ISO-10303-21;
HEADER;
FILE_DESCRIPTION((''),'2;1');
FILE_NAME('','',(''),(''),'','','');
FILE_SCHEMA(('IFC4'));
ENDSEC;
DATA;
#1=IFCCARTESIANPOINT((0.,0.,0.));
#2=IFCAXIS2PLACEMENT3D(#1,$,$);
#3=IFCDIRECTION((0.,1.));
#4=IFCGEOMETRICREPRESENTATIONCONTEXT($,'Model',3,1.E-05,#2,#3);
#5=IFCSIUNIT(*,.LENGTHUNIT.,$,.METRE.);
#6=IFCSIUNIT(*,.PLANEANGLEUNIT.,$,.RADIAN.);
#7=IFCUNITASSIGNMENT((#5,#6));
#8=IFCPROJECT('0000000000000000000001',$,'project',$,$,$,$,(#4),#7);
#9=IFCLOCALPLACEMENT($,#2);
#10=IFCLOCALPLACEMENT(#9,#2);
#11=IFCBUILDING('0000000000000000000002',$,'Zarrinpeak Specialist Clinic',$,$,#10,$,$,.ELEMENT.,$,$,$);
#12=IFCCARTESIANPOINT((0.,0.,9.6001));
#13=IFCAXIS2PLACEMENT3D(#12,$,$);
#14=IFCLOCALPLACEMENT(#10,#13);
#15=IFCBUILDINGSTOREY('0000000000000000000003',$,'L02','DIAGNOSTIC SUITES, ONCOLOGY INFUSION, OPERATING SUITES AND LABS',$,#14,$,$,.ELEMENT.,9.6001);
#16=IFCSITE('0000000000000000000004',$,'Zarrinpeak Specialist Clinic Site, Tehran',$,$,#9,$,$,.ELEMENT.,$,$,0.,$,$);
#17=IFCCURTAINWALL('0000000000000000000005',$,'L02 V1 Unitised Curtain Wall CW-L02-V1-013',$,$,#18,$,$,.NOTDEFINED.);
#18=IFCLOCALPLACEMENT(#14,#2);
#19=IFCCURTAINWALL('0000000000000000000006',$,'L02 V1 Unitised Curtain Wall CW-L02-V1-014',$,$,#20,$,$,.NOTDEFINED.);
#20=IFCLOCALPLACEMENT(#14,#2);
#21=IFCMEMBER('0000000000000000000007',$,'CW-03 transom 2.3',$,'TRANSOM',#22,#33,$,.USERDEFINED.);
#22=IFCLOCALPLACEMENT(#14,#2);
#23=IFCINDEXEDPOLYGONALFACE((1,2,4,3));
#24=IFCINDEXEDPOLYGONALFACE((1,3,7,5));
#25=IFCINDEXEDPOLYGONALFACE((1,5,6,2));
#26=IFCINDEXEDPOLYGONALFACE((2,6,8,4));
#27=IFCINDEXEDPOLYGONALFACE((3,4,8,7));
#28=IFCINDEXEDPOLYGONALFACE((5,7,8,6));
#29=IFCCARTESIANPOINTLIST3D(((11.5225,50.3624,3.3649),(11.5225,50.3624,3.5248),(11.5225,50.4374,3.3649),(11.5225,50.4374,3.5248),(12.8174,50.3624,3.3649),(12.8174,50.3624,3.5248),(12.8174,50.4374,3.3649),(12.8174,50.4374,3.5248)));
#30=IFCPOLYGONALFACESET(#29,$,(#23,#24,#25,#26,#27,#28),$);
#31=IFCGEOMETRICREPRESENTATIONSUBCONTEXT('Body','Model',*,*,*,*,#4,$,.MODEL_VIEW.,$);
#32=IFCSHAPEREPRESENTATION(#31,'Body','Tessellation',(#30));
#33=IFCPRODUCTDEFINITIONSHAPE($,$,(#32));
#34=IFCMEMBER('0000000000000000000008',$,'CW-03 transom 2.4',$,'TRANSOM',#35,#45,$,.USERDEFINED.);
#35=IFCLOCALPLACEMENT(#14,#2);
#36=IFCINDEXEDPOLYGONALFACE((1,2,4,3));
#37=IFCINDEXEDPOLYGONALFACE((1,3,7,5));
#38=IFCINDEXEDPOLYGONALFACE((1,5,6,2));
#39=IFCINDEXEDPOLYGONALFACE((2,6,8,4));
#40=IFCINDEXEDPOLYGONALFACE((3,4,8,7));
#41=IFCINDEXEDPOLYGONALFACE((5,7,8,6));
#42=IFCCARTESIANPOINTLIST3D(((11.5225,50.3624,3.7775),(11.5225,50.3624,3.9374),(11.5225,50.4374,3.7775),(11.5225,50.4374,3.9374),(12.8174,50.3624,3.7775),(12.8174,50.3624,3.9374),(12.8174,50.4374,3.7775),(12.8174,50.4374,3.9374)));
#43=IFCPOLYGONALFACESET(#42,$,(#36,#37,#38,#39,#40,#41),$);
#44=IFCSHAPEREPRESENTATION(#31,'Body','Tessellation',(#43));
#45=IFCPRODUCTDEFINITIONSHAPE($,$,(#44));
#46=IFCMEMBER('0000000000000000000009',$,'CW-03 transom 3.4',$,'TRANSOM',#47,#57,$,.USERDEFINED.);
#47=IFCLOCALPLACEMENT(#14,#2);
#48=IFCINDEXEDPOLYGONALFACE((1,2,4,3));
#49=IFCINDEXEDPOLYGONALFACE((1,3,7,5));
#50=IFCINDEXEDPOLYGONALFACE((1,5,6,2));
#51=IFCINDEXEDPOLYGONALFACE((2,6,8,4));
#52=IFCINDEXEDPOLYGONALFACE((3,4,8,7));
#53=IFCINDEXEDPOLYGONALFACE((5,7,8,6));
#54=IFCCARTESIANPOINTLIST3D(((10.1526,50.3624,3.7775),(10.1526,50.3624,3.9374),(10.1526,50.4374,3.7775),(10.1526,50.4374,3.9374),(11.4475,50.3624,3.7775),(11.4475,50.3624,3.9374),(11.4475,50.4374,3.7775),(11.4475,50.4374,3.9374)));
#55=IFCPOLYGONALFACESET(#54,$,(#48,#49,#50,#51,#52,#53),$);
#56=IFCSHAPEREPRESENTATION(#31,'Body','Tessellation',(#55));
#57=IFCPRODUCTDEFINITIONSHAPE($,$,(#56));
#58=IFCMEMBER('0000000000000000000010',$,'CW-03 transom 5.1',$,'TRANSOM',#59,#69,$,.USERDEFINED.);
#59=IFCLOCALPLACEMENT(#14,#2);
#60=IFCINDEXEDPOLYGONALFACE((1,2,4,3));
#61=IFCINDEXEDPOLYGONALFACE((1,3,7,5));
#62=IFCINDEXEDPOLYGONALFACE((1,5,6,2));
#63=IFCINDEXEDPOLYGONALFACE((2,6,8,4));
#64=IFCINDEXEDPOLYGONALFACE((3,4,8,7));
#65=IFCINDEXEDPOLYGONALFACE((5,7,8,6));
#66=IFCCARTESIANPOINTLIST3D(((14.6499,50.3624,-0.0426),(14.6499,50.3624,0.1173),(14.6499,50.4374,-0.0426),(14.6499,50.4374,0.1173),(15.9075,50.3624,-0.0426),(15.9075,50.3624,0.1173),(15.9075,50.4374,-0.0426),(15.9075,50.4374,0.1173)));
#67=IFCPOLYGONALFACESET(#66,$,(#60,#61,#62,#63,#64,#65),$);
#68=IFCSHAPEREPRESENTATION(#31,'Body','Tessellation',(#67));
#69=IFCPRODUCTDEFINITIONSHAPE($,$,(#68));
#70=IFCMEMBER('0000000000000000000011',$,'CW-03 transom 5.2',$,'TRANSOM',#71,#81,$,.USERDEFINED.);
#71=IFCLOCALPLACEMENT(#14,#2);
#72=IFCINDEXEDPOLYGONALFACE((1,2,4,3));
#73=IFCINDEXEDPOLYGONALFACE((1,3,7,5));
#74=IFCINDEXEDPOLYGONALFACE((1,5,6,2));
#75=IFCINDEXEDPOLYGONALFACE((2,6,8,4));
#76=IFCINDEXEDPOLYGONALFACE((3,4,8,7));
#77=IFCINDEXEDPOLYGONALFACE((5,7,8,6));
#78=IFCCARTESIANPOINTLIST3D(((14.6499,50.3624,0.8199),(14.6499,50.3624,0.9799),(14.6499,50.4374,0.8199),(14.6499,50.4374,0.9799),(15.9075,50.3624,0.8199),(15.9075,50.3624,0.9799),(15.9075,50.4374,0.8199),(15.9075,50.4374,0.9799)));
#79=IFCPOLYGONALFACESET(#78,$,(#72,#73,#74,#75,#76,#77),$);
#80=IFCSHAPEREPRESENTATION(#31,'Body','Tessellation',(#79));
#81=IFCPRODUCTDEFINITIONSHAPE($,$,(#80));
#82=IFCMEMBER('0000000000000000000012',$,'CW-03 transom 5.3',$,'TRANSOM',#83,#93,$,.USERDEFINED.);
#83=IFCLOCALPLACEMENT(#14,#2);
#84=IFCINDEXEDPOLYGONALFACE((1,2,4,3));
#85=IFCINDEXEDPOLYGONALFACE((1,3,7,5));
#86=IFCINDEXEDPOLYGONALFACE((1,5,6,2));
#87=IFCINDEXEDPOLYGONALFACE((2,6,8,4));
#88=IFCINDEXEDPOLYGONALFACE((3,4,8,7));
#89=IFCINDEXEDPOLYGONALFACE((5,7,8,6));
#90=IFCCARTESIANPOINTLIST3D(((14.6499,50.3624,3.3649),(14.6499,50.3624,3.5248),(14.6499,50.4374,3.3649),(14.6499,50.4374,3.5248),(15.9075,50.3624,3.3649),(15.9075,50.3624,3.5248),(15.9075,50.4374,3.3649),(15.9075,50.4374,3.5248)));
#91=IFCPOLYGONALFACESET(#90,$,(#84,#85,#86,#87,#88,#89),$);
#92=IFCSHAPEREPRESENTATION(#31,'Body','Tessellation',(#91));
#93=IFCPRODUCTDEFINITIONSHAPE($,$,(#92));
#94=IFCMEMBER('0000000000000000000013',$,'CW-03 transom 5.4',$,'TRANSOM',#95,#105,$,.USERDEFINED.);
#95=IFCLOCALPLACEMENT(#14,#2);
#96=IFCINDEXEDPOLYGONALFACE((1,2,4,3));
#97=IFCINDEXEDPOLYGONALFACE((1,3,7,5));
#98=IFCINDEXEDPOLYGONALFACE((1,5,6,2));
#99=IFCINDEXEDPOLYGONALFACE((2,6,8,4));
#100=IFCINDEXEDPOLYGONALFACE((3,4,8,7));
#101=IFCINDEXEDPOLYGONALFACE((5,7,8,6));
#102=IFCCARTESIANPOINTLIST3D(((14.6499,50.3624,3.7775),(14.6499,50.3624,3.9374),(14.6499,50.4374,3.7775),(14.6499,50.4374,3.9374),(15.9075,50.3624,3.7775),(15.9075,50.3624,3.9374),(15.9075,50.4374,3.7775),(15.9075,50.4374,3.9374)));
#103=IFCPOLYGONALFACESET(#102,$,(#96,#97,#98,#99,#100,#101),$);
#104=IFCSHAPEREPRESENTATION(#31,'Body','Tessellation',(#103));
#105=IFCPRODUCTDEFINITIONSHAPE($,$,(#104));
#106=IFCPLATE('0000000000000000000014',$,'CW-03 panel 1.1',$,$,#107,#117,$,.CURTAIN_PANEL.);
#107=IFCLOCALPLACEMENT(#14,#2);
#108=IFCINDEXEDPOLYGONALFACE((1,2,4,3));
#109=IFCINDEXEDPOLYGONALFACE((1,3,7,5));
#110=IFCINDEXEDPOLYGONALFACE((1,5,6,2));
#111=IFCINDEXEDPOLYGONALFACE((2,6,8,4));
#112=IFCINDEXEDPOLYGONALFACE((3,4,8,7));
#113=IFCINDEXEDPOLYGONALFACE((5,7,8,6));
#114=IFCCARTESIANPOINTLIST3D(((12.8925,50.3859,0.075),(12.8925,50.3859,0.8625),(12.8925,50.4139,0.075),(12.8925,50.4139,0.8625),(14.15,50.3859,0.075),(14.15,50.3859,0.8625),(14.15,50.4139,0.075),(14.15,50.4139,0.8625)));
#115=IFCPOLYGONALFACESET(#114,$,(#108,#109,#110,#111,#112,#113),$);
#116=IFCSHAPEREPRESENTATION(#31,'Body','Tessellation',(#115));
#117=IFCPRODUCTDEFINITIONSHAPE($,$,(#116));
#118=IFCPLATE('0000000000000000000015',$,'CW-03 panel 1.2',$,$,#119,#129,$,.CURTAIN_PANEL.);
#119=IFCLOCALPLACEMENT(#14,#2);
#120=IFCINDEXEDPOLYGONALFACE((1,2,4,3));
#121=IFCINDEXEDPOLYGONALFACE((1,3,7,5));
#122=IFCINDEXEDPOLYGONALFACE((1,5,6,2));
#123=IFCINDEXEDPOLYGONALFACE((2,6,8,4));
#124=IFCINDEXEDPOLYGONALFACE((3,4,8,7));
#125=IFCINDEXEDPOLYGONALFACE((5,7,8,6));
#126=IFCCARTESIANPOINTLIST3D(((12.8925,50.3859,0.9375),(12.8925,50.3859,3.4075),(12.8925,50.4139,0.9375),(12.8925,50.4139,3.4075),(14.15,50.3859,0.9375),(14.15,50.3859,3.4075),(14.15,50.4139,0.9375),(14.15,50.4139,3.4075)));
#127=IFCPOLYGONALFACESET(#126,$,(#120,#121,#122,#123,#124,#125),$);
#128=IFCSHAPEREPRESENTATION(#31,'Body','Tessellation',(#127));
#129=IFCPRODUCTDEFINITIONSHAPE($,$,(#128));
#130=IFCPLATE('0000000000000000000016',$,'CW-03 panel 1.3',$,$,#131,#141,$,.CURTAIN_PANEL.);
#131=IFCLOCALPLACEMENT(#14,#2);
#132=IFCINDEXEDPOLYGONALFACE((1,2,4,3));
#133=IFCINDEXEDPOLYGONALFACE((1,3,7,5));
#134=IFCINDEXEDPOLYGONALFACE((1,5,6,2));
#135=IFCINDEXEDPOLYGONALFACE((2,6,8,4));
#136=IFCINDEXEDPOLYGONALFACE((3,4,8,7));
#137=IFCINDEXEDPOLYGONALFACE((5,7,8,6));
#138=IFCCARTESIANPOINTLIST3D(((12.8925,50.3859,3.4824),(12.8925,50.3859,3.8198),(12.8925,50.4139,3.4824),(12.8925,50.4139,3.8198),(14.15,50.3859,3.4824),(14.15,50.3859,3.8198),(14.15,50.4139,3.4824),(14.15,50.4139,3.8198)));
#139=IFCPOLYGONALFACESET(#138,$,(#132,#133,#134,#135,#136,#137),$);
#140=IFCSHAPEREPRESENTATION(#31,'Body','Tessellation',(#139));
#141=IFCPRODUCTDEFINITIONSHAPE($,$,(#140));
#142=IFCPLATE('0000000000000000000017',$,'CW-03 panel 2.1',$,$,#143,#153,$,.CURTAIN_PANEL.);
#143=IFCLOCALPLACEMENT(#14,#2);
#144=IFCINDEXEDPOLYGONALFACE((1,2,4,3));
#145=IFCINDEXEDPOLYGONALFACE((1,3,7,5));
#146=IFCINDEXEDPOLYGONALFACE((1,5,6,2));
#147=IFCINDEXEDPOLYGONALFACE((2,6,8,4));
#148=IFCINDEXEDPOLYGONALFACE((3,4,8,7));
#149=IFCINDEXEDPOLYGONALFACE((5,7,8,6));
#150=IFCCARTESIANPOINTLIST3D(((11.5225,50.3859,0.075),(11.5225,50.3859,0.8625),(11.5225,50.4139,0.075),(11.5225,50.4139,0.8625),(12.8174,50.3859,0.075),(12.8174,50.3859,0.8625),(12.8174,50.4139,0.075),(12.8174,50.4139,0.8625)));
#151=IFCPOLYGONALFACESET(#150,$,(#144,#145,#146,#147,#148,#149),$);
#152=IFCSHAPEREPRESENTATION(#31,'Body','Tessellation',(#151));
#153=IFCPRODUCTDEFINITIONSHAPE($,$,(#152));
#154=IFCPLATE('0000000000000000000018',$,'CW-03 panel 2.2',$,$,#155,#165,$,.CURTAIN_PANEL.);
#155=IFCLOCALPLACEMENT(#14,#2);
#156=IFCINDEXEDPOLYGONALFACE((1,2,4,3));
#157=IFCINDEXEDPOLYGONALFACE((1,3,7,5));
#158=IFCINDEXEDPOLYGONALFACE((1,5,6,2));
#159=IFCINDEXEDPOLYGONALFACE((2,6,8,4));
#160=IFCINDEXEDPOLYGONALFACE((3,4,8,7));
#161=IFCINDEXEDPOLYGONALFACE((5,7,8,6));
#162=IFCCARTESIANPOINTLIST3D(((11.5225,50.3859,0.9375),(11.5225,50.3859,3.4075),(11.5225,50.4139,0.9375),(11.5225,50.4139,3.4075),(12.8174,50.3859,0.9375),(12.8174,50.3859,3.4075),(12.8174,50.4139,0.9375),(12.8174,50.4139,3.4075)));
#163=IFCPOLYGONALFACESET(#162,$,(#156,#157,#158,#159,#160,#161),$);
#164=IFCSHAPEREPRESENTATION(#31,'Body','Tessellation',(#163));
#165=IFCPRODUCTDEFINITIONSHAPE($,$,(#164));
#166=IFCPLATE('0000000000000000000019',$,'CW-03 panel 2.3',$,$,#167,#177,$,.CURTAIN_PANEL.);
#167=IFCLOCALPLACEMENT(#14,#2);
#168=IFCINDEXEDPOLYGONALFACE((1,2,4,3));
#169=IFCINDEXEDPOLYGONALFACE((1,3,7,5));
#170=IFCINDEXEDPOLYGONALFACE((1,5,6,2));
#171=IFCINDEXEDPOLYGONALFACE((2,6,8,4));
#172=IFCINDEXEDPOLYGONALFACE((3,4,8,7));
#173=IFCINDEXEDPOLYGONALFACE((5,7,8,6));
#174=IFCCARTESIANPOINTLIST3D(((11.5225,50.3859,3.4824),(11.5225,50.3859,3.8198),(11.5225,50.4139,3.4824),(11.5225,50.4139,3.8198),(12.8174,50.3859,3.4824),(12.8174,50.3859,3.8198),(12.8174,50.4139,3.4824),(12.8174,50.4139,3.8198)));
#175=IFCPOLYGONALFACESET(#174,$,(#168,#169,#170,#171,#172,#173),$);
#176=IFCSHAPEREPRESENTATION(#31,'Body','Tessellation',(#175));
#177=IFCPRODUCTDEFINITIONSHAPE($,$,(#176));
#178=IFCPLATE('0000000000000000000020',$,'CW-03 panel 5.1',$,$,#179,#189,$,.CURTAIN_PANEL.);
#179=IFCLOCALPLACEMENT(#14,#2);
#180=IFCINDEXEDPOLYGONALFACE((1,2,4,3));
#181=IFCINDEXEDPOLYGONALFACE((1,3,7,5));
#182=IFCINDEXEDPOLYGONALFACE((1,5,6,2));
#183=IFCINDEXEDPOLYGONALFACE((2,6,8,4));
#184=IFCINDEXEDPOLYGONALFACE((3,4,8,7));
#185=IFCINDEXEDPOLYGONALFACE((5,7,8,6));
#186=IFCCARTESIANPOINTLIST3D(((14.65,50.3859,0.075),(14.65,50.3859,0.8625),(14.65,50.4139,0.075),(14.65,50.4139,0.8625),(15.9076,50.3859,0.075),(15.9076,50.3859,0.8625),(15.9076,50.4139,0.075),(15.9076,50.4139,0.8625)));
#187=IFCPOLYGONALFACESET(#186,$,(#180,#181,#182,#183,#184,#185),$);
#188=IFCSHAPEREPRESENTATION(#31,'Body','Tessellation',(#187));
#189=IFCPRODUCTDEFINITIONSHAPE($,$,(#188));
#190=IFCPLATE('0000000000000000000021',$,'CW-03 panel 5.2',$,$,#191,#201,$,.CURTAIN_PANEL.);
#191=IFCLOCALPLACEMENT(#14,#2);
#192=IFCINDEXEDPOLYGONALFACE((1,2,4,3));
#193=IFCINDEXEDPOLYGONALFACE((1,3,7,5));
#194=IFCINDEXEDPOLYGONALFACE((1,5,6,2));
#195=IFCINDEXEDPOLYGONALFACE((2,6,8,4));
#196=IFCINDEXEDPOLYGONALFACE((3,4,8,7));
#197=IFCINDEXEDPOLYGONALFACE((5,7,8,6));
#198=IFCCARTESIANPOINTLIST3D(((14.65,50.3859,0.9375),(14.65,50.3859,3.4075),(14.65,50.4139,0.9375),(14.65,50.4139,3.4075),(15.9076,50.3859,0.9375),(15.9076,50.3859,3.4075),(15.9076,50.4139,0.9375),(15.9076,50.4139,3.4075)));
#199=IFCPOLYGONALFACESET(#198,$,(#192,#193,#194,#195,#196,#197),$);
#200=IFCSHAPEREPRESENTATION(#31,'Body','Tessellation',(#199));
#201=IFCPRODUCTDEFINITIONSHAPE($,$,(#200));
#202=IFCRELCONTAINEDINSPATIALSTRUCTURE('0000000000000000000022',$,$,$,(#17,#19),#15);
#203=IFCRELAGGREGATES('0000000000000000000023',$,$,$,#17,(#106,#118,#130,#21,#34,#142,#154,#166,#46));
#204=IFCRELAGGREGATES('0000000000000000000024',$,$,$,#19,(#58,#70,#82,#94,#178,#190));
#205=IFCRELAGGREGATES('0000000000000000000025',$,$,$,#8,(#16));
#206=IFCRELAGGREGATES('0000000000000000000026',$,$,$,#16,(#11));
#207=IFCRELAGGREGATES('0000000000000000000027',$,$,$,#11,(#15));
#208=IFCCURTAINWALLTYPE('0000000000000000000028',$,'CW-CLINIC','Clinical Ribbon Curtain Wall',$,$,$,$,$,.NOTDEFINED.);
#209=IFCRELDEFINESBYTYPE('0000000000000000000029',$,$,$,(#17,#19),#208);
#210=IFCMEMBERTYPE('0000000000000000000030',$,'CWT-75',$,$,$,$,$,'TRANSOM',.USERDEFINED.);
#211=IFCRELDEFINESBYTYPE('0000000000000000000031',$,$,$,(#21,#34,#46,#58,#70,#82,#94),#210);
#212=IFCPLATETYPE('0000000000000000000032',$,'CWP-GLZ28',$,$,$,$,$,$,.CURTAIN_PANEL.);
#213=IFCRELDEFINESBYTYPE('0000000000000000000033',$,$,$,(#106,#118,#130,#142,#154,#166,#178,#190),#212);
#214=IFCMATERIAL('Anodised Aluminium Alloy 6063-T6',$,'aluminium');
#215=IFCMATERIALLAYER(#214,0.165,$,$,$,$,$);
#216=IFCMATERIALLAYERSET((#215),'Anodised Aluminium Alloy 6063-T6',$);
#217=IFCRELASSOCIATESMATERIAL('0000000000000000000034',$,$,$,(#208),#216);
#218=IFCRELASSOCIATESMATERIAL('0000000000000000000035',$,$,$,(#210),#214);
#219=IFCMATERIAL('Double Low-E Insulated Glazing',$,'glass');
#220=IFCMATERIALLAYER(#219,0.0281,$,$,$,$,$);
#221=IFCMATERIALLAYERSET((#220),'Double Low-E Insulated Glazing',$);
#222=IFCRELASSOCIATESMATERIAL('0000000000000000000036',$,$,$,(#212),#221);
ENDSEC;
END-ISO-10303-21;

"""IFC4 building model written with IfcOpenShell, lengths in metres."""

from ifc_helpers import new_model, si_unit, direction, frame, origin, origin_2d, place, context, subcontext, project, spatial, rectangle, extrude, material, layer, layer_set, material_profile, profile_set, type_object, element, aggregate, save


model = new_model("IFC4")

# Units and contexts
model_context = context("Model", 3, precision=1e-05, world=origin(), true_north=direction((0.0, 1.0)))
body_context = subcontext(model_context, "Body", "Model", "MODEL_VIEW")
ifc_project = project(units=[si_unit("LENGTHUNIT", "METRE"), si_unit("PLANEANGLEUNIT", "RADIAN")], contexts=[model_context])

# Site, building, storey
site_placement = place(None, origin())
site = spatial("IfcSite", under=ifc_project, at=site_placement, Name="Zarrinpeak Specialist Clinic Site, Tehran", CompositionType="ELEMENT", RefElevation=0.0)
building_placement = place(site_placement, origin())
building = spatial("IfcBuilding", under=site, at=building_placement, Name="Zarrinpeak Specialist Clinic", CompositionType="ELEMENT")
storey_placement = place(building_placement, frame((0.0, 0.0, 9.6001)))
storey = spatial("IfcBuildingStorey", under=building, at=storey_placement, Name="L02", Description="DIAGNOSTIC SUITES, ONCOLOGY INFUSION, OPERATING SUITES AND LABS", CompositionType="ELEMENT", Elevation=9.6001)

# Curtain walls
ifc_material_1 = material(Name="Anodised Aluminium Alloy 6063-T6", Category="aluminium")
ifc_layer_1 = layer(ifc_material_1, 0.165)
ifc_layer_set_1 = layer_set([ifc_layer_1], Name="Anodised Aluminium Alloy 6063-T6")
curtain_wall_type = type_object("IfcCurtainWallType", Name="CW-CLINIC", Description="Clinical Ribbon Curtain Wall", PredefinedType="NOTDEFINED", material=ifc_layer_set_1)
curtain_wall_1_placement = place(storey_placement, origin())
curtain_wall_1 = element("IfcCurtainWall", 1, at=curtain_wall_1_placement, inside=storey, type_object=curtain_wall_type, Name="L02 V1 Unitised Curtain Wall CW-L02-V1-013", PredefinedType="NOTDEFINED")
curtain_wall_2_placement = place(storey_placement, origin())
curtain_wall_2 = element("IfcCurtainWall", 2, at=curtain_wall_2_placement, inside=storey, type_object=curtain_wall_type, Name="L02 V1 Unitised Curtain Wall CW-L02-V1-014", PredefinedType="NOTDEFINED")

# Members
ifc_material_profile_1 = material_profile(ifc_material_1, rectangle(XDim=0.075, YDim=0.1599, at=origin_2d()), Name="ALU 75x160")
ifc_profile_set_1 = profile_set([ifc_material_profile_1], Name="Anodised Aluminium Alloy 6063-T6")
member_type_1 = type_object("IfcMemberType", Name="CWT-75", ElementType="TRANSOM", PredefinedType="USERDEFINED", material=ifc_profile_set_1)
member_1_placement = place(storey_placement, frame((12.8174, 50.3999, 3.4448), z_axis=(-1.0, 0.0, 0.0), x_axis=(0.0, -1.0, 0.0)))
member_1 = element("IfcMember", 3, at=member_1_placement, type_object=member_type_1, Name="CW-03 transom 2.3", ObjectType="TRANSOM", PredefinedType="USERDEFINED", context=body_context, shape_type="SweptSolid", body=[
    extrude(rectangle(XDim=0.075, YDim=0.1599, at=origin_2d()), origin(), (0.0, 0.0, 1.0), 1.2949),
])
member_2_placement = place(storey_placement, frame((12.8174, 50.3999, 3.8574), z_axis=(-1.0, 0.0, 0.0), x_axis=(0.0, -1.0, 0.0)))
member_2 = element("IfcMember", 4, at=member_2_placement, type_object=member_type_1, Name="CW-03 transom 2.4", ObjectType="TRANSOM", PredefinedType="USERDEFINED", context=body_context, shape_type="SweptSolid", body=[
    extrude(rectangle(XDim=0.075, YDim=0.1599, at=origin_2d()), origin(), (0.0, 0.0, 1.0), 1.2949),
])
member_3_placement = place(storey_placement, frame((11.4475, 50.3999, 3.8574), z_axis=(-1.0, 0.0, 0.0), x_axis=(0.0, -1.0, 0.0)))
member_3 = element("IfcMember", 5, at=member_3_placement, type_object=member_type_1, Name="CW-03 transom 3.4", ObjectType="TRANSOM", PredefinedType="USERDEFINED", context=body_context, shape_type="SweptSolid", body=[
    extrude(rectangle(XDim=0.075, YDim=0.1599, at=origin_2d()), origin(), (0.0, 0.0, 1.0), 1.2949),
])
member_4_placement = place(storey_placement, frame((15.9075, 50.3999, 0.0374), z_axis=(-1.0, 0.0, 0.0), x_axis=(0.0, -1.0, 0.0)))
member_4 = element("IfcMember", 6, at=member_4_placement, type_object=member_type_1, Name="CW-03 transom 5.1", ObjectType="TRANSOM", PredefinedType="USERDEFINED", context=body_context, shape_type="SweptSolid", body=[
    extrude(rectangle(XDim=0.075, YDim=0.1599, at=origin_2d()), origin(), (0.0, 0.0, 1.0), 1.2576),
])
member_5_placement = place(storey_placement, frame((15.9075, 50.3999, 0.8999), z_axis=(-1.0, 0.0, 0.0), x_axis=(0.0, -1.0, 0.0)))
member_5 = element("IfcMember", 7, at=member_5_placement, type_object=member_type_1, Name="CW-03 transom 5.2", ObjectType="TRANSOM", PredefinedType="USERDEFINED", context=body_context, shape_type="SweptSolid", body=[
    extrude(rectangle(XDim=0.075, YDim=0.1599, at=origin_2d()), origin(), (0.0, 0.0, 1.0), 1.2576),
])
member_6_placement = place(storey_placement, frame((15.9075, 50.3999, 3.4448), z_axis=(-1.0, 0.0, 0.0), x_axis=(0.0, -1.0, 0.0)))
member_6 = element("IfcMember", 8, at=member_6_placement, type_object=member_type_1, Name="CW-03 transom 5.3", ObjectType="TRANSOM", PredefinedType="USERDEFINED", context=body_context, shape_type="SweptSolid", body=[
    extrude(rectangle(XDim=0.075, YDim=0.1599, at=origin_2d()), origin(), (0.0, 0.0, 1.0), 1.2576),
])
member_7_placement = place(storey_placement, frame((15.9075, 50.3999, 3.8574), z_axis=(-1.0, 0.0, 0.0), x_axis=(0.0, -1.0, 0.0)))
member_7 = element("IfcMember", 9, at=member_7_placement, type_object=member_type_1, Name="CW-03 transom 5.4", ObjectType="TRANSOM", PredefinedType="USERDEFINED", context=body_context, shape_type="SweptSolid", body=[
    extrude(rectangle(XDim=0.075, YDim=0.1599, at=origin_2d()), origin(), (0.0, 0.0, 1.0), 1.2576),
])

# Plates
ifc_material_2 = material(Name="Double Low-E Insulated Glazing", Category="glass")
ifc_layer_2 = layer(ifc_material_2, 0.0281)
ifc_layer_set_2 = layer_set([ifc_layer_2], Name="Double Low-E Insulated Glazing")
plate_type = type_object("IfcPlateType", Name="CWP-GLZ28", PredefinedType="CURTAIN_PANEL", material=ifc_layer_set_2)
plate_1_placement = place(storey_placement, frame((13.5212, 50.3999, 0.075), z_axis=(0.0, 0.0, 1.0), x_axis=(-1.0, 0.0, 0.0)))
plate_1 = element("IfcPlate", 10, at=plate_1_placement, type_object=plate_type, Name="CW-03 panel 1.1", PredefinedType="CURTAIN_PANEL", context=body_context, shape_type="SweptSolid", body=[
    extrude(rectangle(XDim=1.2576, YDim=0.0281, at=origin_2d()), origin(), (0.0, 0.0, 1.0), 0.7876),
])
plate_2_placement = place(storey_placement, frame((13.5212, 50.3999, 0.9375), z_axis=(0.0, 0.0, 1.0), x_axis=(-1.0, 0.0, 0.0)))
plate_2 = element("IfcPlate", 11, at=plate_2_placement, type_object=plate_type, Name="CW-03 panel 1.2", PredefinedType="CURTAIN_PANEL", context=body_context, shape_type="SweptSolid", body=[
    extrude(rectangle(XDim=1.2576, YDim=0.0281, at=origin_2d()), origin(), (0.0, 0.0, 1.0), 2.47),
])
plate_3_placement = place(storey_placement, frame((13.5212, 50.3999, 3.4824), z_axis=(0.0, 0.0, 1.0), x_axis=(-1.0, 0.0, 0.0)))
plate_3 = element("IfcPlate", 12, at=plate_3_placement, type_object=plate_type, Name="CW-03 panel 1.3", PredefinedType="CURTAIN_PANEL", context=body_context, shape_type="SweptSolid", body=[
    extrude(rectangle(XDim=1.2576, YDim=0.0281, at=origin_2d()), origin(), (0.0, 0.0, 1.0), 0.3374),
])
plate_4_placement = place(storey_placement, frame((12.1699, 50.3999, 0.075), z_axis=(0.0, 0.0, 1.0), x_axis=(-1.0, 0.0, 0.0)))
plate_4 = element("IfcPlate", 13, at=plate_4_placement, type_object=plate_type, Name="CW-03 panel 2.1", PredefinedType="CURTAIN_PANEL", context=body_context, shape_type="SweptSolid", body=[
    extrude(rectangle(XDim=1.2949, YDim=0.0281, at=origin_2d()), origin(), (0.0, 0.0, 1.0), 0.7876),
])
plate_5_placement = place(storey_placement, frame((12.1699, 50.3999, 0.9375), z_axis=(0.0, 0.0, 1.0), x_axis=(-1.0, 0.0, 0.0)))
plate_5 = element("IfcPlate", 14, at=plate_5_placement, type_object=plate_type, Name="CW-03 panel 2.2", PredefinedType="CURTAIN_PANEL", context=body_context, shape_type="SweptSolid", body=[
    extrude(rectangle(XDim=1.2949, YDim=0.0281, at=origin_2d()), origin(), (0.0, 0.0, 1.0), 2.47),
])
plate_6_placement = place(storey_placement, frame((12.1699, 50.3999, 3.4824), z_axis=(0.0, 0.0, 1.0), x_axis=(-1.0, 0.0, 0.0)))
plate_6 = element("IfcPlate", 15, at=plate_6_placement, type_object=plate_type, Name="CW-03 panel 2.3", PredefinedType="CURTAIN_PANEL", context=body_context, shape_type="SweptSolid", body=[
    extrude(rectangle(XDim=1.2949, YDim=0.0281, at=origin_2d()), origin(), (0.0, 0.0, 1.0), 0.3374),
])
aggregate(curtain_wall_1, [plate_1, plate_2, plate_3, member_1, member_2, plate_4, plate_5, plate_6, member_3])
plate_7_placement = place(storey_placement, frame((15.2788, 50.3999, 0.075), z_axis=(0.0, 0.0, 1.0), x_axis=(-1.0, 0.0, 0.0)))
plate_7 = element("IfcPlate", 16, at=plate_7_placement, type_object=plate_type, Name="CW-03 panel 5.1", PredefinedType="CURTAIN_PANEL", context=body_context, shape_type="SweptSolid", body=[
    extrude(rectangle(XDim=1.2576, YDim=0.0281, at=origin_2d()), origin(), (0.0, 0.0, 1.0), 0.7876),
])
plate_8_placement = place(storey_placement, frame((15.2788, 50.3999, 0.9375), z_axis=(0.0, 0.0, 1.0), x_axis=(-1.0, 0.0, 0.0)))
plate_8 = element("IfcPlate", 17, at=plate_8_placement, type_object=plate_type, Name="CW-03 panel 5.2", PredefinedType="CURTAIN_PANEL", context=body_context, shape_type="SweptSolid", body=[
    extrude(rectangle(XDim=1.2576, YDim=0.0281, at=origin_2d()), origin(), (0.0, 0.0, 1.0), 2.47),
])
aggregate(curtain_wall_2, [member_4, member_5, member_6, member_7, plate_7, plate_8])

save(model, "model.ifc")
